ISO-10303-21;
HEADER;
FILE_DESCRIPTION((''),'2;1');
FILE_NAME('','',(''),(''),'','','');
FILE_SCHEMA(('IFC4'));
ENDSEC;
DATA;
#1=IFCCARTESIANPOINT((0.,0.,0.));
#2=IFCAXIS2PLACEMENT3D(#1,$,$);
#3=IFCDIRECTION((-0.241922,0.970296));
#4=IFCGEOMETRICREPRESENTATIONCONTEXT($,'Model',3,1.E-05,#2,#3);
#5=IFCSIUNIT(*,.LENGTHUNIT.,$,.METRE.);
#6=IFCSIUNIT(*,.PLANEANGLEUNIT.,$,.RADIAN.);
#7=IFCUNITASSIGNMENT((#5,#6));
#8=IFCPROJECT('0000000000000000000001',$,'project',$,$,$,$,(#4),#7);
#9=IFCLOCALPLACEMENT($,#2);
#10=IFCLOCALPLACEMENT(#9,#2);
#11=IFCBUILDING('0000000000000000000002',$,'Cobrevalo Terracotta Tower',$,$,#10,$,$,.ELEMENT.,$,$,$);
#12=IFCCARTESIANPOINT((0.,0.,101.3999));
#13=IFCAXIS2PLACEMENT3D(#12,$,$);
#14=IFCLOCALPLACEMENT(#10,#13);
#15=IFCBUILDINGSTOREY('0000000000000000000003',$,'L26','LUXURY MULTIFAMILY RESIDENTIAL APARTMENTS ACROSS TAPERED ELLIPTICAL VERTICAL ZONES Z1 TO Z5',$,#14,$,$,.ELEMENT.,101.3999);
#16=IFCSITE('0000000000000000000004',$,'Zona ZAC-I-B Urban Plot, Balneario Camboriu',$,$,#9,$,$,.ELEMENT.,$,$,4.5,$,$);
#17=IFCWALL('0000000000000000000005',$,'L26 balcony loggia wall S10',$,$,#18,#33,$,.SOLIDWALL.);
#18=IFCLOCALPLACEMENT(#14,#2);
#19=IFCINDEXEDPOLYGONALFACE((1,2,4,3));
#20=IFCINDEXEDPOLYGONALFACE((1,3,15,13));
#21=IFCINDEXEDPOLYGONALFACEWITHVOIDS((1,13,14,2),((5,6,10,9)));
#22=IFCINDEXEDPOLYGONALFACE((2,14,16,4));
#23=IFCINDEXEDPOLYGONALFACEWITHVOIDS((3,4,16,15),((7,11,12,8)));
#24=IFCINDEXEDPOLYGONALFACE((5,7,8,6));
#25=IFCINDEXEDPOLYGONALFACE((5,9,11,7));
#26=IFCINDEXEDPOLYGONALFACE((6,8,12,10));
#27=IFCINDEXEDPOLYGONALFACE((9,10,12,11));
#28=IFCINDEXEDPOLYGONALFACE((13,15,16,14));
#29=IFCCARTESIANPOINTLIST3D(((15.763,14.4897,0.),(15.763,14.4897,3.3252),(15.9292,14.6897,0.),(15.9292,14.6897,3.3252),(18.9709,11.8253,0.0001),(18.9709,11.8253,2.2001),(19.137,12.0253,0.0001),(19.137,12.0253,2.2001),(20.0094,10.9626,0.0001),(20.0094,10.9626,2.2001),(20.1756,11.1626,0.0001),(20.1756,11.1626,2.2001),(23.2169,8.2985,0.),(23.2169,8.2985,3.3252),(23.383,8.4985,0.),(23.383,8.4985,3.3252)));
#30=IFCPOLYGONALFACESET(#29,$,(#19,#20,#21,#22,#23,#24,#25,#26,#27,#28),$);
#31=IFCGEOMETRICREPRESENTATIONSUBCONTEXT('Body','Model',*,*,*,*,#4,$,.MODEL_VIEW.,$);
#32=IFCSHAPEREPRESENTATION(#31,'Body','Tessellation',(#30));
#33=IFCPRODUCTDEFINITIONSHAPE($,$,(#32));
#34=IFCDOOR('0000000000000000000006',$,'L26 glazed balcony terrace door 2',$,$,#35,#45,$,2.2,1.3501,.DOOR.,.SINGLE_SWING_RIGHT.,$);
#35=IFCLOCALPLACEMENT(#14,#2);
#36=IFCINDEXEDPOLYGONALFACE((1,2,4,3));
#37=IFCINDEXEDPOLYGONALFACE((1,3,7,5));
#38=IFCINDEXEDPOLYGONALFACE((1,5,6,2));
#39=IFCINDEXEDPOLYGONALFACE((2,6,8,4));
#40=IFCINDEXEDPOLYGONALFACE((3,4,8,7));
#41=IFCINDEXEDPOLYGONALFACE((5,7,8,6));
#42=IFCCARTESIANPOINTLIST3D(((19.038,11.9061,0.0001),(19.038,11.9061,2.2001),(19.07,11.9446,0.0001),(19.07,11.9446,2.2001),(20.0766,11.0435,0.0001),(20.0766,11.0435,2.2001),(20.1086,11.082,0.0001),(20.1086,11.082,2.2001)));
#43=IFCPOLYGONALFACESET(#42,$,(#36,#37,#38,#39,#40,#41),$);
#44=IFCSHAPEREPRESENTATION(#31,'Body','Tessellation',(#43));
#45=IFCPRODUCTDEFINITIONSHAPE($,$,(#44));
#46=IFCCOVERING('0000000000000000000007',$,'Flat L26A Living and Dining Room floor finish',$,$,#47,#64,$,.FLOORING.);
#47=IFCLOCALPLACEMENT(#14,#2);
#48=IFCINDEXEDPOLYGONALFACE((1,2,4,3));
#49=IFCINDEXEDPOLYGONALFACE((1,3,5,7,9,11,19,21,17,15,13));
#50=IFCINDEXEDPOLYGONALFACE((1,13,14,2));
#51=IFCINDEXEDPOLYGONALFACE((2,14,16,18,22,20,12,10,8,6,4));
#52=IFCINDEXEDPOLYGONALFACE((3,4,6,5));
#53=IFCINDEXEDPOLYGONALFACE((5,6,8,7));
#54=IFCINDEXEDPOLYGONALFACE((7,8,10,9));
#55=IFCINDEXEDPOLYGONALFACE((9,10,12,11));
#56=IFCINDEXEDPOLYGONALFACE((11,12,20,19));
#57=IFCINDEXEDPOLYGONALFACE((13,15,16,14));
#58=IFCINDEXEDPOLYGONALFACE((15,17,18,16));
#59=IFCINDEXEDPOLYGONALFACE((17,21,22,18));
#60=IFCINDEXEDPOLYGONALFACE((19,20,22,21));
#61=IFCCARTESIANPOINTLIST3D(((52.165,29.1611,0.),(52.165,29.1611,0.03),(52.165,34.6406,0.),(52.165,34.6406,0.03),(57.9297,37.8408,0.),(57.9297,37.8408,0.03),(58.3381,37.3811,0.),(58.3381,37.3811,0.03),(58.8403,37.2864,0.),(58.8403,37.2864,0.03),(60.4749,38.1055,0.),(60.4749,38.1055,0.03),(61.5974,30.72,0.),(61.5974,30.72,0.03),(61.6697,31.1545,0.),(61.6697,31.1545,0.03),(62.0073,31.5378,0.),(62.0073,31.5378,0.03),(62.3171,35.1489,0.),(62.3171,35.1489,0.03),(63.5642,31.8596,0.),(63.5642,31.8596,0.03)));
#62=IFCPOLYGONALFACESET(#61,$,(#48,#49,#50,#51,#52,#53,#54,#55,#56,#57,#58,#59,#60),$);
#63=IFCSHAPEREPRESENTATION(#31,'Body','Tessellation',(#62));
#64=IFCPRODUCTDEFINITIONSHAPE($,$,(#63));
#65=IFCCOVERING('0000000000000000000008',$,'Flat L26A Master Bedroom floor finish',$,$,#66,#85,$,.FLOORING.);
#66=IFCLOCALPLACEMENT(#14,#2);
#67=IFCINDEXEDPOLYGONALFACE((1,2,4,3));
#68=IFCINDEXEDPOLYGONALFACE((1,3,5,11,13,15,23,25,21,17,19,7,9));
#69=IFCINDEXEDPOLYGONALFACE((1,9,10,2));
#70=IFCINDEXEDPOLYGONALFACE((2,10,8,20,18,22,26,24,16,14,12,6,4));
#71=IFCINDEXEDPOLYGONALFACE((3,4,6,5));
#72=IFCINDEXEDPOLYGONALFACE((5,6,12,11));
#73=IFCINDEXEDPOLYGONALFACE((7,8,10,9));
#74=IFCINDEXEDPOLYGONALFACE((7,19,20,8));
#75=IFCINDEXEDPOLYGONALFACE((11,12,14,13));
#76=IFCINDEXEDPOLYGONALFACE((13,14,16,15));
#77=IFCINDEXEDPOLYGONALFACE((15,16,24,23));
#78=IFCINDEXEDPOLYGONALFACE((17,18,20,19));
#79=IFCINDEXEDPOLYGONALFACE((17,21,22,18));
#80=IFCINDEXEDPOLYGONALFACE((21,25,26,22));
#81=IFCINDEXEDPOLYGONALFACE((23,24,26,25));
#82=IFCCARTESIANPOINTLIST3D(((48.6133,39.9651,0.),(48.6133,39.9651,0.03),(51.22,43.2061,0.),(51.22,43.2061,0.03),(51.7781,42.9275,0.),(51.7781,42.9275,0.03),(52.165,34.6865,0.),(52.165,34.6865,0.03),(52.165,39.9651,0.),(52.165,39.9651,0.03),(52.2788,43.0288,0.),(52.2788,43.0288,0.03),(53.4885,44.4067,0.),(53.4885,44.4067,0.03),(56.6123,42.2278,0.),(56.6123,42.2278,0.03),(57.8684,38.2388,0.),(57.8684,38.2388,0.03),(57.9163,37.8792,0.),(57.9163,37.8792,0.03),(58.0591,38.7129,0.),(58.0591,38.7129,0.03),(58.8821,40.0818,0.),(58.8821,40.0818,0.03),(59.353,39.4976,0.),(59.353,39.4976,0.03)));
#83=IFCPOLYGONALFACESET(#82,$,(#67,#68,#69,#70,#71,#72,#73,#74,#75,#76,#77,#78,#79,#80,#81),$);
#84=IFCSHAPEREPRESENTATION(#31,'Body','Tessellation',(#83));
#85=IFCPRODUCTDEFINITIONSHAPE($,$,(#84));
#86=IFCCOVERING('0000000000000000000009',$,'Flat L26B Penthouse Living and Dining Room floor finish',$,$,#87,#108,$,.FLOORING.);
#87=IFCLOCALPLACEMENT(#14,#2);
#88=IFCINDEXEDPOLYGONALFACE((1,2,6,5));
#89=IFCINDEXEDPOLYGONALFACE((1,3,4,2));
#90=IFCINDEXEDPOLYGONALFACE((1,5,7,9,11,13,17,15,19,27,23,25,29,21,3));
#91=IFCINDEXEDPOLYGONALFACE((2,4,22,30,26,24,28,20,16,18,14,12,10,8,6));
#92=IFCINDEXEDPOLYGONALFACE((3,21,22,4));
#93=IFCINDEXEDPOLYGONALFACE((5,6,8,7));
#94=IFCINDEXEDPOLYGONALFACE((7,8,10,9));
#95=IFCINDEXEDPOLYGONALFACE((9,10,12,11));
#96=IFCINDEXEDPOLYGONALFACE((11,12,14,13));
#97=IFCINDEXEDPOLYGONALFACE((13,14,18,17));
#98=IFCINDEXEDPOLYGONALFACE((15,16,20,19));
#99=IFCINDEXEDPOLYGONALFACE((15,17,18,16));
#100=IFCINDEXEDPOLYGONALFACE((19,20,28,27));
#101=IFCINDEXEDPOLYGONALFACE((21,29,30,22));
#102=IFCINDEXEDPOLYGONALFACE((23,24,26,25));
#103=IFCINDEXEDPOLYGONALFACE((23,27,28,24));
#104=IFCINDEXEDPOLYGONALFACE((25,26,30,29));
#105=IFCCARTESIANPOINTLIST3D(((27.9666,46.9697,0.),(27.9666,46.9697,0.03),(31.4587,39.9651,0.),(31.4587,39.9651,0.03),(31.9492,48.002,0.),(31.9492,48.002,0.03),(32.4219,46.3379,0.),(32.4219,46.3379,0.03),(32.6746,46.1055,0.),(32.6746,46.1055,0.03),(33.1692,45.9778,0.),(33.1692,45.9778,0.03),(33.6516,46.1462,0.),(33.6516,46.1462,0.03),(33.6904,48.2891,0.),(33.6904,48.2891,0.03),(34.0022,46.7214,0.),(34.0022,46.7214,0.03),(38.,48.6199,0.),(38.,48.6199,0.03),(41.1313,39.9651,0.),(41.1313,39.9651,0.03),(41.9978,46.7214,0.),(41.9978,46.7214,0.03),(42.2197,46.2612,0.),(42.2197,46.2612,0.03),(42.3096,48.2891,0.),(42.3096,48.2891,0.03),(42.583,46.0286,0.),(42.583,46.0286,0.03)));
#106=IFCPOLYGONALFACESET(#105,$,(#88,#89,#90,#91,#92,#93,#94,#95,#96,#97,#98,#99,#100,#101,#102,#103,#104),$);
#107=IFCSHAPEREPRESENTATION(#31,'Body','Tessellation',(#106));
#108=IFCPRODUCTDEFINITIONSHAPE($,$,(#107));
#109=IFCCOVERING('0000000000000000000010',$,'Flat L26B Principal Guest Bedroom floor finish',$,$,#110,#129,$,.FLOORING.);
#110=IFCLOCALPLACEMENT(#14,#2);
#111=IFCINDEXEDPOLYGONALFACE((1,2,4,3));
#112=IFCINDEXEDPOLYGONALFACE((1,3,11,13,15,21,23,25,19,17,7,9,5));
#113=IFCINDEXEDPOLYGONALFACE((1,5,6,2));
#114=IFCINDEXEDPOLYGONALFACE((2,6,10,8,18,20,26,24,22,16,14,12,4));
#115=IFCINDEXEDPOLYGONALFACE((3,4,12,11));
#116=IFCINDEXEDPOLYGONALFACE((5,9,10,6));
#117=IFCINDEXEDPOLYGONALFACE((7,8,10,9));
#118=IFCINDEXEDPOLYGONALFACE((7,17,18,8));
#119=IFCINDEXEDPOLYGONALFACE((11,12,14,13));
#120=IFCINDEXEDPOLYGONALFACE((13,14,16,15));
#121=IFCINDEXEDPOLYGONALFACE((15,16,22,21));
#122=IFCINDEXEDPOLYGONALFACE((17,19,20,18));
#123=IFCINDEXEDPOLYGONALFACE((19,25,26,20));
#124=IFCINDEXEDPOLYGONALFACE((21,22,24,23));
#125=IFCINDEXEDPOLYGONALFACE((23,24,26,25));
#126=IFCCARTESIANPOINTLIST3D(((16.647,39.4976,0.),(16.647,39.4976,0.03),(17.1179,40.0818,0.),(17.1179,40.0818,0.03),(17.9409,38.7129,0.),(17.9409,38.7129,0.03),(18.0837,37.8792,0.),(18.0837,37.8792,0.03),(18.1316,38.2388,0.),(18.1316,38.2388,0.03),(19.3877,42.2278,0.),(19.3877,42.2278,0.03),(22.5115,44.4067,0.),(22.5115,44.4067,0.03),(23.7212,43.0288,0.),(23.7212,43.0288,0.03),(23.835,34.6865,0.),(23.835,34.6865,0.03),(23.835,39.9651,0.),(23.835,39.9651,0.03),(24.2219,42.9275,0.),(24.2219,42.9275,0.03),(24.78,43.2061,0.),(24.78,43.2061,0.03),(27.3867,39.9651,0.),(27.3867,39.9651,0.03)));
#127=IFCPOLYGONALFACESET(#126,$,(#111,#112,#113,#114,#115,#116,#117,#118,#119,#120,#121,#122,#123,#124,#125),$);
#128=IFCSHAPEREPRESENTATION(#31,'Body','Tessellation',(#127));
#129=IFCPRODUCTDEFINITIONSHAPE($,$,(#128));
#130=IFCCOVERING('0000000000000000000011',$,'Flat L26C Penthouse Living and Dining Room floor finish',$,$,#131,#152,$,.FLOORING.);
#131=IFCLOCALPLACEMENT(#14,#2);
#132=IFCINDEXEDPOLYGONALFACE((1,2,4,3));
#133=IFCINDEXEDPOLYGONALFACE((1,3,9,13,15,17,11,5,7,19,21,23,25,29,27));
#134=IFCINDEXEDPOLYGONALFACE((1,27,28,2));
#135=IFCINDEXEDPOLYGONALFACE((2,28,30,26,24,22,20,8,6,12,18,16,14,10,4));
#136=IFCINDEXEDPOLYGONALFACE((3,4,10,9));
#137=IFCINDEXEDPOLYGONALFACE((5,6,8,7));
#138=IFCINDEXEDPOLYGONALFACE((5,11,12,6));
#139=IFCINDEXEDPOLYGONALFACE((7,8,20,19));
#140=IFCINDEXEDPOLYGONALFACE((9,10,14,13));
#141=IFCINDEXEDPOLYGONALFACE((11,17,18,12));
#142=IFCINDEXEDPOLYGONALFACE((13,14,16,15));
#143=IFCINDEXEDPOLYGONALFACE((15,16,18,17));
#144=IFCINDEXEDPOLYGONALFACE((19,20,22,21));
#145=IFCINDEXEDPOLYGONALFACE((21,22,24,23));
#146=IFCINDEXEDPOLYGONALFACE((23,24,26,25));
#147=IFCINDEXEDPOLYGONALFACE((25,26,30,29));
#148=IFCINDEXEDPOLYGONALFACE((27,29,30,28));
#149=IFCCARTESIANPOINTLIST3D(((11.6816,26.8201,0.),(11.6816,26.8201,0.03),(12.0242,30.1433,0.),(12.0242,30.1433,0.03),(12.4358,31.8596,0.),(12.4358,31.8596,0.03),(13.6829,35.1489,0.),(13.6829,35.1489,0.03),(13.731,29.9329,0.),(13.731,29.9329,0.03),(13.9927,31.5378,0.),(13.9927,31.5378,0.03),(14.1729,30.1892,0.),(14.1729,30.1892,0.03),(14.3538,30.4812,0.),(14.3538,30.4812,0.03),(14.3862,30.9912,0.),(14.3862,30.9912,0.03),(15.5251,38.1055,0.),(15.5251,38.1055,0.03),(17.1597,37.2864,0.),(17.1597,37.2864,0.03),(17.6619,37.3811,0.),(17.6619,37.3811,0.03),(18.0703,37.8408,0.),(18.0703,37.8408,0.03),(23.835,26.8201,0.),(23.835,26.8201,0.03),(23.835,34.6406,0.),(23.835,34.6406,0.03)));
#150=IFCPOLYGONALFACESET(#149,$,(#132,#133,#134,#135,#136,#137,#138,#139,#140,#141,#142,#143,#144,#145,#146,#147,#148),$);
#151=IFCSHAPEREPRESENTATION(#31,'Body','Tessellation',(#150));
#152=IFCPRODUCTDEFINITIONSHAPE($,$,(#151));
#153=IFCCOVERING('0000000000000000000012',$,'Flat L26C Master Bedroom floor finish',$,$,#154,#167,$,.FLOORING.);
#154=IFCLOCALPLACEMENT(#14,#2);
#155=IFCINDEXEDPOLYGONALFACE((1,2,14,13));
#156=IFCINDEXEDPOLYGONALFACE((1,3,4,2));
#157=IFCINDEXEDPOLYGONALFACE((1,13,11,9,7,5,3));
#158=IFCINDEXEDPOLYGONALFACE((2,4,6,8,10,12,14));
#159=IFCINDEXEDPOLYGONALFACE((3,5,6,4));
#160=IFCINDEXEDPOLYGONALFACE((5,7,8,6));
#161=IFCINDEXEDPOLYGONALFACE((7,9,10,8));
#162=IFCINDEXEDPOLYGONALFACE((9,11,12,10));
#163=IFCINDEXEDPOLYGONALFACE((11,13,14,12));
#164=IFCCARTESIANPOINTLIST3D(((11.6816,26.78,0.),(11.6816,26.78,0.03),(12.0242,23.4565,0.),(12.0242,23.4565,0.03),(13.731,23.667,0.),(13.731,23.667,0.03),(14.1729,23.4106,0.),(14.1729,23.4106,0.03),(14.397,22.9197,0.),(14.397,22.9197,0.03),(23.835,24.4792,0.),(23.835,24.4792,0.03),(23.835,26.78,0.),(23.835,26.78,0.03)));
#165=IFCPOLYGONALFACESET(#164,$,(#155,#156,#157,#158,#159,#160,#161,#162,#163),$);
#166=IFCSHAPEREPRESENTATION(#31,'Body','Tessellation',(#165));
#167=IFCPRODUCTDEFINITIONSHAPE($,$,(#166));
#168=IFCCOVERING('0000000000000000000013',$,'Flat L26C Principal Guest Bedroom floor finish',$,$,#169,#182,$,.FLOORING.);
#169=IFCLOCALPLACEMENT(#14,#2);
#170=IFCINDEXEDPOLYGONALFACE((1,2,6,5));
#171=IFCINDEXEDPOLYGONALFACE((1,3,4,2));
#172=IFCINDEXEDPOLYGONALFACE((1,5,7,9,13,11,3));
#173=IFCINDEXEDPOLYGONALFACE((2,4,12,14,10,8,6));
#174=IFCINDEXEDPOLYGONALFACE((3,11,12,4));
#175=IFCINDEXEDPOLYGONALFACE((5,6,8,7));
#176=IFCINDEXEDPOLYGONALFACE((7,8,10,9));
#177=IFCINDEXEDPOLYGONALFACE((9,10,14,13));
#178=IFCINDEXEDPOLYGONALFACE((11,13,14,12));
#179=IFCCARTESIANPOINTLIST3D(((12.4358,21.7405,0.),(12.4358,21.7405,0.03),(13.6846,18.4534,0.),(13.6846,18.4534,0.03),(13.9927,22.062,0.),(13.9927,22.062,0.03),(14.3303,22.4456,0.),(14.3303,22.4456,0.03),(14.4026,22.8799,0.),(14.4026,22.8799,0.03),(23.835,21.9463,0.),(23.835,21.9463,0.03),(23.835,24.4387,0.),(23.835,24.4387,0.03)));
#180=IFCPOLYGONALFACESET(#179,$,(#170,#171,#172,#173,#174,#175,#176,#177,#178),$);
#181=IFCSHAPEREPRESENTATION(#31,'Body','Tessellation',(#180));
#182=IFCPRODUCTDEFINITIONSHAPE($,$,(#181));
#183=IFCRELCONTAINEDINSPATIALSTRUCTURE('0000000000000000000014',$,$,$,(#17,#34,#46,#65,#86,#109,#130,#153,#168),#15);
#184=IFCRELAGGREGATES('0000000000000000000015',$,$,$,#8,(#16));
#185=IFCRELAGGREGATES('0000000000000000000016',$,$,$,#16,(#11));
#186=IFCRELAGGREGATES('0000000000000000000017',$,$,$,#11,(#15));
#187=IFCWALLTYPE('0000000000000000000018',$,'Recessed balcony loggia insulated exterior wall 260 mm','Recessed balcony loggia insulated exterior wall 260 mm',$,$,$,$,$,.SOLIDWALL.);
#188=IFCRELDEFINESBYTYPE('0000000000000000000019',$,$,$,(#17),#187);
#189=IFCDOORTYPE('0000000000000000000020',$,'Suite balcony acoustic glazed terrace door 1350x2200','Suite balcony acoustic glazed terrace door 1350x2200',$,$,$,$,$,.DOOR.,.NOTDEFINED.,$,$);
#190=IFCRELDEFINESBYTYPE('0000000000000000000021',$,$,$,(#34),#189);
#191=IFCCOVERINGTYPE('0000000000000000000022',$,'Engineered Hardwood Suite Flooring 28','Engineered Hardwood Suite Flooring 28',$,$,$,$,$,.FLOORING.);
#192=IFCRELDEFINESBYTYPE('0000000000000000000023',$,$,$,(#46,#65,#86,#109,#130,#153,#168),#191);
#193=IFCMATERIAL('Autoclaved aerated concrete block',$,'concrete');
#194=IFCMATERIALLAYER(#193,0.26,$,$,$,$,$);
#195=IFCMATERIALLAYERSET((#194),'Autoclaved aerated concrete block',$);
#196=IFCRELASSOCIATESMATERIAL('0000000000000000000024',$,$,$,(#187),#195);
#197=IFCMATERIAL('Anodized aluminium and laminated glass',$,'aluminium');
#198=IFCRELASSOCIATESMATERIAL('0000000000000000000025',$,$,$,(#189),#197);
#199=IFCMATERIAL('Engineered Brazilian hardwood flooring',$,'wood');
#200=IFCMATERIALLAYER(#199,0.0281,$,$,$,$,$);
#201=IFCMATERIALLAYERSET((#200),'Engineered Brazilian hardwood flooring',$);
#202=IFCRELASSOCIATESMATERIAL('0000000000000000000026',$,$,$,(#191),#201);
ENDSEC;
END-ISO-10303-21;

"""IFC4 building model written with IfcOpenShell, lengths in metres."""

from ifc_helpers import new_model, si_unit, direction, frame, frame_2d, origin, place, context, subcontext, project, spatial, polyline, rectangle, outline, extrude, source, transform, mapped, material, layer, layer_set, type_object, element, fill, save


model = new_model("IFC4")

# Units and contexts
model_context = context("Model", 3, precision=1e-05, world=origin(), true_north=direction((-0.241922, 0.970296)))
body_context = subcontext(model_context, "Body", "Model", "MODEL_VIEW")
ifc_project = project(units=[si_unit("LENGTHUNIT", "METRE"), si_unit("PLANEANGLEUNIT", "RADIAN")], contexts=[model_context])

# Site, building, storey
site_placement = place(None, origin())
site = spatial("IfcSite", under=ifc_project, at=site_placement, Name="Zona ZAC-I-B Urban Plot, Balneario Camboriu", CompositionType="ELEMENT", RefElevation=4.5)
building_placement = place(site_placement, origin())
building = spatial("IfcBuilding", under=site, at=building_placement, Name="Cobrevalo Terracotta Tower", CompositionType="ELEMENT")
storey_placement = place(building_placement, frame((0.0, 0.0, 101.3999)))
storey = spatial("IfcBuildingStorey", under=building, at=storey_placement, Name="L26", Description="LUXURY MULTIFAMILY RESIDENTIAL APARTMENTS ACROSS TAPERED ELLIPTICAL VERTICAL ZONES Z1 TO Z5", CompositionType="ELEMENT", Elevation=101.3999)

# Wall, opening, door
ifc_material_1 = material(Name="Autoclaved aerated concrete block", Category="concrete")
ifc_layer_1 = layer(ifc_material_1, 0.26)
ifc_layer_set_1 = layer_set([ifc_layer_1], Name="Autoclaved aerated concrete block")
wall_type = type_object("IfcWallType", Name="Recessed balcony loggia insulated exterior wall 260 mm", Description="Recessed balcony loggia insulated exterior wall 260 mm", PredefinedType="SOLIDWALL", material=ifc_layer_set_1)
wall_placement = place(storey_placement, frame((15.8462, 14.5896, 0.0), z_axis=(0.0, 0.0, 1.0), x_axis=(0.769255, -0.638942, 0.0)))
wall = element("IfcWall", 1, at=wall_placement, inside=storey, type_object=wall_type, Name="L26 balcony loggia wall S10", PredefinedType="SOLIDWALL", context=body_context, shape_type="SweptSolid", body=[
    extrude(rectangle(XDim=9.6897, YDim=0.26, at=frame_2d((4.8447, 0.0))), origin(), (0.0, 0.0, 1.0), 3.3252),
])
opening_placement = place(wall_placement, frame((4.1699, 0.0, 0.0)))
opening = element("IfcOpeningElement", 2, at=opening_placement, cuts=wall, PredefinedType="OPENING", context=body_context, shape_type="SweptSolid", body=[
    extrude(rectangle(XDim=1.3501, YDim=2.2, at=frame_2d((0.675, 1.1001))), frame((0.0, 0.1401, 0.0), z_axis=(0.0, -1.0, 0.0), x_axis=(1.0, 0.0, 0.0)), (0.0, 0.0, 1.0), 0.28),
])
ifc_material_2 = material(Name="Anodized aluminium and laminated glass", Category="aluminium")
door_type = type_object("IfcDoorType", Name="Suite balcony acoustic glazed terrace door 1350x2200", Description="Suite balcony acoustic glazed terrace door 1350x2200", OperationType="NOTDEFINED", PredefinedType="DOOR", material=ifc_material_2)
shared_shape_1 = source(origin(), body_context, "Body", "SweptSolid", [
    extrude(rectangle(XDim=1.3501, YDim=2.2, at=frame_2d((0.675, 1.1001))), frame((0.0, 0.0249, 0.0), z_axis=(0.0, -1.0, 0.0), x_axis=(1.0, 0.0, 0.0)), (0.0, 0.0, 1.0), 0.05),
])
door_placement = place(opening_placement, frame((1.3501, 0.0, 0.0), z_axis=(0.0, 0.0, 1.0), x_axis=(-1.0, 0.0, 0.0)))
door = element("IfcDoor", 3, at=door_placement, inside=storey, type_object=door_type, Name="L26 glazed balcony terrace door 2", OperationType="SINGLE_SWING_RIGHT", OverallHeight=2.2, OverallWidth=1.3501, PredefinedType="DOOR", context=body_context, shape_type="MappedRepresentation", body=[
    mapped(shared_shape_1, transform((0.0, 0.0, 0.0), scale=1.0)),
])
fill(opening, door)

# Coverings
ifc_material_3 = material(Name="Engineered Brazilian hardwood flooring", Category="wood")
ifc_layer_2 = layer(ifc_material_3, 0.0281)
ifc_layer_set_2 = layer_set([ifc_layer_2], Name="Engineered Brazilian hardwood flooring")
covering_type_1 = type_object("IfcCoveringType", Name="Engineered Hardwood Suite Flooring 28", Description="Engineered Hardwood Suite Flooring 28", PredefinedType="FLOORING", material=ifc_layer_set_2)
covering_1_placement = place(storey_placement, origin())
element("IfcCovering", 4, at=covering_1_placement, inside=storey, type_object=covering_type_1, Name="Flat L26A Living and Dining Room floor finish", PredefinedType="FLOORING", context=body_context, shape_type="SweptSolid", body=[
    extrude(outline(polyline([(62.3171, 35.1489), (63.5642, 31.8596), (62.0073, 31.5378), (61.6697, 31.1545), (61.5974, 30.72), (52.165, 29.1611), (52.165, 34.6406), (57.9297, 37.8408), (58.3381, 37.3811), (58.8403, 37.2864), (60.4749, 38.1055), (62.3171, 35.1489)])), origin(), (0.0, 0.0, 1.0), 0.03),
])
covering_2_placement = place(storey_placement, origin())
element("IfcCovering", 5, at=covering_2_placement, inside=storey, type_object=covering_type_1, Name="Flat L26A Master Bedroom floor finish", PredefinedType="FLOORING", context=body_context, shape_type="SweptSolid", body=[
    extrude(outline(polyline([(56.6123, 42.2278), (58.8821, 40.0818), (59.353, 39.4976), (58.0591, 38.7129), (57.8684, 38.2388), (57.9163, 37.8792), (52.165, 34.6865), (52.165, 39.9651), (48.6133, 39.9651), (51.22, 43.2061), (51.7781, 42.9275), (52.2788, 43.0288), (53.4885, 44.4067), (56.6123, 42.2278)])), origin(), (0.0, 0.0, 1.0), 0.03),
])
covering_3_placement = place(storey_placement, origin())
element("IfcCovering", 6, at=covering_3_placement, inside=storey, type_object=covering_type_1, Name="Flat L26B Penthouse Living and Dining Room floor finish", PredefinedType="FLOORING", context=body_context, shape_type="SweptSolid", body=[
    extrude(outline(polyline([(31.9492, 48.002), (32.4219, 46.3379), (32.6746, 46.1055), (33.1692, 45.9778), (33.6516, 46.1462), (34.0022, 46.7214), (33.6904, 48.2891), (38.0, 48.6199), (42.3096, 48.2891), (41.9978, 46.7214), (42.2197, 46.2612), (42.583, 46.0286), (41.1313, 39.9651), (31.4587, 39.9651), (27.9666, 46.9697), (31.9492, 48.002)])), origin(), (0.0, 0.0, 1.0), 0.03),
])
covering_4_placement = place(storey_placement, origin())
element("IfcCovering", 7, at=covering_4_placement, inside=storey, type_object=covering_type_1, Name="Flat L26B Principal Guest Bedroom floor finish", PredefinedType="FLOORING", context=body_context, shape_type="SweptSolid", body=[
    extrude(outline(polyline([(22.5115, 44.4067), (23.7212, 43.0288), (24.2219, 42.9275), (24.78, 43.2061), (27.3867, 39.9651), (23.835, 39.9651), (23.835, 34.6865), (18.0837, 37.8792), (18.1316, 38.2388), (17.9409, 38.7129), (16.647, 39.4976), (17.1179, 40.0818), (19.3877, 42.2278), (22.5115, 44.4067)])), origin(), (0.0, 0.0, 1.0), 0.03),
])
covering_5_placement = place(storey_placement, origin())
element("IfcCovering", 8, at=covering_5_placement, inside=storey, type_object=covering_type_1, Name="Flat L26C Penthouse Living and Dining Room floor finish", PredefinedType="FLOORING", context=body_context, shape_type="SweptSolid", body=[
    extrude(outline(polyline([(12.0242, 30.1433), (13.731, 29.9329), (14.1729, 30.1892), (14.3538, 30.4812), (14.3862, 30.9912), (13.9927, 31.5378), (12.4358, 31.8596), (13.6829, 35.1489), (15.5251, 38.1055), (17.1597, 37.2864), (17.6619, 37.3811), (18.0703, 37.8408), (23.835, 34.6406), (23.835, 26.8201), (11.6816, 26.8201), (12.0242, 30.1433)])), origin(), (0.0, 0.0, 1.0), 0.03),
])
covering_6_placement = place(storey_placement, origin())
element("IfcCovering", 9, at=covering_6_placement, inside=storey, type_object=covering_type_1, Name="Flat L26C Master Bedroom floor finish", PredefinedType="FLOORING", context=body_context, shape_type="SweptSolid", body=[
    extrude(outline(polyline([(11.6816, 26.78), (23.835, 26.78), (23.835, 24.4792), (14.397, 22.9197), (14.1729, 23.4106), (13.731, 23.667), (12.0242, 23.4565), (11.6816, 26.78)])), origin(), (0.0, 0.0, 1.0), 0.03),
])
covering_7_placement = place(storey_placement, origin())
element("IfcCovering", 10, at=covering_7_placement, inside=storey, type_object=covering_type_1, Name="Flat L26C Principal Guest Bedroom floor finish", PredefinedType="FLOORING", context=body_context, shape_type="SweptSolid", body=[
    extrude(outline(polyline([(12.4358, 21.7405), (13.9927, 22.062), (14.3303, 22.4456), (14.4026, 22.8799), (23.835, 24.4387), (23.835, 21.9463), (13.6846, 18.4534), (12.4358, 21.7405)])), origin(), (0.0, 0.0, 1.0), 0.03),
])

save(model, "model.ifc")
